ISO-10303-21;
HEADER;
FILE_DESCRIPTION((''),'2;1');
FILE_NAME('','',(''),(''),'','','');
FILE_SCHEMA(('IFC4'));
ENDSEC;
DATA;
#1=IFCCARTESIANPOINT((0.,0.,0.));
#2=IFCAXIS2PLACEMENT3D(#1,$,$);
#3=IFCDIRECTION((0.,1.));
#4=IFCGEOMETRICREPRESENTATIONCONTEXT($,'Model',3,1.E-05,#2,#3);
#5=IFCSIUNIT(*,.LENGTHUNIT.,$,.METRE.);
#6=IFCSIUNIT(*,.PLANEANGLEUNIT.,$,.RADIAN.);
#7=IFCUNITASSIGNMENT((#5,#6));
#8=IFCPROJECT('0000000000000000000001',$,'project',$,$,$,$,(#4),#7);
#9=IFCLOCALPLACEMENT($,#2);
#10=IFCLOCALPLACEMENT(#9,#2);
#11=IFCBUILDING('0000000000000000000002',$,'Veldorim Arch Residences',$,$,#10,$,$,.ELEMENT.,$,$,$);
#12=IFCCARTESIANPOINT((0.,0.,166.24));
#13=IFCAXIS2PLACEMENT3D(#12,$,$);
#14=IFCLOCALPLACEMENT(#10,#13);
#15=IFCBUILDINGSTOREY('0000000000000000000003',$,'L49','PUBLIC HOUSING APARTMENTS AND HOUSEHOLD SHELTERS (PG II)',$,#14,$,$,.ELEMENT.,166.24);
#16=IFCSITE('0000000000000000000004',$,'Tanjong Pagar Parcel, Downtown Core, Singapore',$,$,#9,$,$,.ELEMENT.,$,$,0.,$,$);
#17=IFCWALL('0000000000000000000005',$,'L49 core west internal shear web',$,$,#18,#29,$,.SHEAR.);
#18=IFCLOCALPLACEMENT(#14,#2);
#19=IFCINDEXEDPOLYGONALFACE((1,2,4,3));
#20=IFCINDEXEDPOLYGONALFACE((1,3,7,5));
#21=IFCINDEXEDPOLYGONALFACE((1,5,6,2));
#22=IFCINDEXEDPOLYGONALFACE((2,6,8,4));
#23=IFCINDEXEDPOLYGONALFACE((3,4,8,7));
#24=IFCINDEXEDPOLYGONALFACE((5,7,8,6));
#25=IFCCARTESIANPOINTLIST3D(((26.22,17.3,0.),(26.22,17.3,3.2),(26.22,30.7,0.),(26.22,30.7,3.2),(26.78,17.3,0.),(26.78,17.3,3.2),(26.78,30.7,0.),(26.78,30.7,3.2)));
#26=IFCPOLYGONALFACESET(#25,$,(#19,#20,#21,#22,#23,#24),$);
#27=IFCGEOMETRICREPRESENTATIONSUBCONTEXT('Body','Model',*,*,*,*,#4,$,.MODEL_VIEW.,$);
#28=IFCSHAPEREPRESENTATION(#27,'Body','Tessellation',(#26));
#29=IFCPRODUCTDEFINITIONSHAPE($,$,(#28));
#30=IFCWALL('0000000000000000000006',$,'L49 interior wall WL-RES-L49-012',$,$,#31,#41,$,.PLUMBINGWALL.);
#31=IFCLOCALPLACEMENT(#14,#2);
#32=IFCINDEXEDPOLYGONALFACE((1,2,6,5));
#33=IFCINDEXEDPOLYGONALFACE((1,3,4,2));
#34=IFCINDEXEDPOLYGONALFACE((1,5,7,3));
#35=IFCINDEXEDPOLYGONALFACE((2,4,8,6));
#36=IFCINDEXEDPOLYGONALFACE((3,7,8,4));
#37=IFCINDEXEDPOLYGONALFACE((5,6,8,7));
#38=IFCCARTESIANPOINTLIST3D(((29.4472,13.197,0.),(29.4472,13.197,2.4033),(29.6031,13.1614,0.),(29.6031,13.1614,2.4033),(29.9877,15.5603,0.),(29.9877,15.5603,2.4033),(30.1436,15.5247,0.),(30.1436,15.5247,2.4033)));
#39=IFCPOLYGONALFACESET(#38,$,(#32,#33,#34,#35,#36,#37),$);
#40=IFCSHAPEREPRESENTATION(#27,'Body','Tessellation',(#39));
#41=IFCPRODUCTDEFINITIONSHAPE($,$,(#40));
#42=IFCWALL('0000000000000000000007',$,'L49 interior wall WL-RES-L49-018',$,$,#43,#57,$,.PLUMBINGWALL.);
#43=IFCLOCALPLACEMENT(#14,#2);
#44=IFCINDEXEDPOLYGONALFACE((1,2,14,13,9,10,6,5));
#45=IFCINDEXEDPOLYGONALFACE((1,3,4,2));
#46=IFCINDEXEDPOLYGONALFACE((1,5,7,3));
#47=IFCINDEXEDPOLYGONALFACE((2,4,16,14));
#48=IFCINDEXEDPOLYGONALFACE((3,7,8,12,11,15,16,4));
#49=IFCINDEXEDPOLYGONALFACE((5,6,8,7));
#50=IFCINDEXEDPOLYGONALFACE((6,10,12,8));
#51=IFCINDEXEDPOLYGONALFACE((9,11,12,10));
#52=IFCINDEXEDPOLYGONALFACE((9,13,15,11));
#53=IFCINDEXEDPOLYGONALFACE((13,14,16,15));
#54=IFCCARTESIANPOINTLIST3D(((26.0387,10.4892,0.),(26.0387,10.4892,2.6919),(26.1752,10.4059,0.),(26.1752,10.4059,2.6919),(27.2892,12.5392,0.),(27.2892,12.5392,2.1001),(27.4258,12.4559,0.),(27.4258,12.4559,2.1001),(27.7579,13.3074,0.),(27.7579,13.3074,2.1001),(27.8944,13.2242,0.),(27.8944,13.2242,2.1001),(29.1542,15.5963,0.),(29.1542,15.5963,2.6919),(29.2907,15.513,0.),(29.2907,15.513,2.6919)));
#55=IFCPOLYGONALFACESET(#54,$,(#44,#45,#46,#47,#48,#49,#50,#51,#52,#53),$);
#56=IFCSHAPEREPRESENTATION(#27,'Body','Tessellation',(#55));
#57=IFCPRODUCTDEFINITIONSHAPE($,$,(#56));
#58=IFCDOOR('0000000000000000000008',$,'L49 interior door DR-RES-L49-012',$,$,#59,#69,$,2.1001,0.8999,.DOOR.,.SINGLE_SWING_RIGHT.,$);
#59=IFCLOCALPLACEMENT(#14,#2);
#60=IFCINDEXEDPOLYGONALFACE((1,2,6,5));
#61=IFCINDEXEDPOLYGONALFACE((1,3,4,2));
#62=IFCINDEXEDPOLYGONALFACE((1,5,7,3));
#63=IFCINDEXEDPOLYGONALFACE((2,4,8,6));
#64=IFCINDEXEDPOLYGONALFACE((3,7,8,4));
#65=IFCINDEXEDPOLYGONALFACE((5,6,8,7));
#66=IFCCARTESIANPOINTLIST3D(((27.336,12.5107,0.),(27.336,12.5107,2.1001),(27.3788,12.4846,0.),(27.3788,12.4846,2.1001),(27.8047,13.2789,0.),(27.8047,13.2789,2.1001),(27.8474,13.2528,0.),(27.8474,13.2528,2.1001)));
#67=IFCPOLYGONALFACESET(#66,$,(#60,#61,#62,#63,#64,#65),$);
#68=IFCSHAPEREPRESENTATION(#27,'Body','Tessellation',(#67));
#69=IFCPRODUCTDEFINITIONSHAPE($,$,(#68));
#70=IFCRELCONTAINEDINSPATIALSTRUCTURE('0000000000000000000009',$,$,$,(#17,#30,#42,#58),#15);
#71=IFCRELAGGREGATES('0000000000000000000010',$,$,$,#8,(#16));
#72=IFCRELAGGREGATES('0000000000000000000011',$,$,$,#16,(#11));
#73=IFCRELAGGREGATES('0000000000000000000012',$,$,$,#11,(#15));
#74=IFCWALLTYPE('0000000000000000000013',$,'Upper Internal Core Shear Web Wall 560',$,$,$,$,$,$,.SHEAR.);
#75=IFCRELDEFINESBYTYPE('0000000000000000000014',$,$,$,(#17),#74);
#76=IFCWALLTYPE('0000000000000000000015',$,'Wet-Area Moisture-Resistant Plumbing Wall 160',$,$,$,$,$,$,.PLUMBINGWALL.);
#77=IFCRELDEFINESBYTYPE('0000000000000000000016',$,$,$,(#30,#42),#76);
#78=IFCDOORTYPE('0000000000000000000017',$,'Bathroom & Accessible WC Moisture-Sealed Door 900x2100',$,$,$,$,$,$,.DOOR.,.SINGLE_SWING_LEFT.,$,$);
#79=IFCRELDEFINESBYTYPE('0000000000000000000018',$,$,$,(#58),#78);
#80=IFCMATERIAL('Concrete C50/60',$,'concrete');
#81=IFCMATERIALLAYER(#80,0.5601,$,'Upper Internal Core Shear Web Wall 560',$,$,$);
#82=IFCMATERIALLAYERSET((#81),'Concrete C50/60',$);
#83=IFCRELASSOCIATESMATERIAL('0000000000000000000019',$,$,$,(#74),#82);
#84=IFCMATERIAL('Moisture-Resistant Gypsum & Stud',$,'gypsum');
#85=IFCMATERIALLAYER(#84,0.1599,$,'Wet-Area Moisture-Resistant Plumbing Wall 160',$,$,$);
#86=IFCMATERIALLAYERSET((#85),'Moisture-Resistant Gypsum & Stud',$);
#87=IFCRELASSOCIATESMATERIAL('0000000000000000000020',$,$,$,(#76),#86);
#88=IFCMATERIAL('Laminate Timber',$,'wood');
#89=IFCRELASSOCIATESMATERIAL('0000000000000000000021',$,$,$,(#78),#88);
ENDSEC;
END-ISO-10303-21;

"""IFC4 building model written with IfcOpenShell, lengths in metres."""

from ifc_helpers import new_model, si_unit, direction, frame, frame_2d, origin, place, context, subcontext, project, spatial, rectangle, extrude, material, layer, layer_set, type_object, element, fill, save


model = new_model("IFC4")

# Units and contexts
model_context = context("Model", 3, precision=1e-05, world=origin(), true_north=direction((0.0, 1.0)))
body_context = subcontext(model_context, "Body", "Model", "MODEL_VIEW")
ifc_project = project(units=[si_unit("LENGTHUNIT", "METRE"), si_unit("PLANEANGLEUNIT", "RADIAN")], contexts=[model_context])

# Site, building, storey
site_placement = place(None, origin())
site = spatial("IfcSite", under=ifc_project, at=site_placement, Name="Tanjong Pagar Parcel, Downtown Core, Singapore", CompositionType="ELEMENT", RefElevation=0.0)
building_placement = place(site_placement, origin())
building = spatial("IfcBuilding", under=site, at=building_placement, Name="Veldorim Arch Residences", CompositionType="ELEMENT")
storey_placement = place(building_placement, frame((0.0, 0.0, 166.24)))
storey = spatial("IfcBuildingStorey", under=building, at=storey_placement, Name="L49", Description="PUBLIC HOUSING APARTMENTS AND HOUSEHOLD SHELTERS (PG II)", CompositionType="ELEMENT", Elevation=166.24)

# Walls
ifc_material_1 = material(Name="Concrete C50/60", Category="concrete")
ifc_layer_1 = layer(ifc_material_1, 0.5601, Name="Upper Internal Core Shear Web Wall 560")
ifc_layer_set_1 = layer_set([ifc_layer_1], Name="Concrete C50/60")
wall_type_1 = type_object("IfcWallType", Name="Upper Internal Core Shear Web Wall 560", PredefinedType="SHEAR", material=ifc_layer_set_1)
wall_1_placement = place(storey_placement, frame((26.5, 17.3, 0.0), z_axis=(0.0, 0.0, 1.0), x_axis=(0.0, 1.0, 0.0)))
element("IfcWall", 1, at=wall_1_placement, inside=storey, type_object=wall_type_1, Name="L49 core west internal shear web", PredefinedType="SHEAR", context=body_context, shape_type="SweptSolid", body=[
    extrude(rectangle(XDim=13.3999, YDim=0.5601, at=frame_2d((6.7, 0.0))), origin(), (0.0, 0.0, 1.0), 3.2),
])
ifc_material_2 = material(Name="Moisture-Resistant Gypsum & Stud", Category="gypsum")
ifc_layer_2 = layer(ifc_material_2, 0.1599, Name="Wet-Area Moisture-Resistant Plumbing Wall 160")
ifc_layer_set_2 = layer_set([ifc_layer_2], Name="Moisture-Resistant Gypsum & Stud")
wall_type_2 = type_object("IfcWallType", Name="Wet-Area Moisture-Resistant Plumbing Wall 160", PredefinedType="PLUMBINGWALL", material=ifc_layer_set_2)
wall_2_placement = place(storey_placement, frame((29.5251, 13.1792, 0.0), z_axis=(0.0, 0.0, 1.0), x_axis=(0.222962, 0.974827, 0.0)))
element("IfcWall", 2, at=wall_2_placement, inside=storey, type_object=wall_type_2, Name="L49 interior wall WL-RES-L49-012", PredefinedType="PLUMBINGWALL", context=body_context, shape_type="SweptSolid", body=[
    extrude(rectangle(XDim=2.4243, YDim=0.1599, at=frame_2d((1.2122, 0.0))), origin(), (0.0, 0.0, 1.0), 2.4033),
])

# Wall, opening, door
wall_3_placement = place(storey_placement, frame((29.2224, 15.5547, 0.0), z_axis=(0.0, 0.0, 1.0), x_axis=(-0.520771, -0.853696, 0.0)))
wall_3 = element("IfcWall", 3, at=wall_3_placement, inside=storey, type_object=wall_type_2, Name="L49 interior wall WL-RES-L49-018", PredefinedType="PLUMBINGWALL", context=body_context, shape_type="SweptSolid", body=[
    extrude(rectangle(XDim=5.9824, YDim=0.1599, at=frame_2d((2.9912, 0.0))), origin(), (0.0, 0.0, 1.0), 2.6919),
])
opening_1_placement = place(wall_3_placement, frame((2.6812, 0.0, 0.0)))
opening_1 = element("IfcOpeningElement", 4, at=opening_1_placement, cuts=wall_3, PredefinedType="OPENING", context=body_context, shape_type="SweptSolid", body=[
    extrude(rectangle(XDim=0.8999, YDim=2.1001, at=frame_2d((0.45, 1.05))), frame((0.0, 0.0898, 0.0), z_axis=(0.0, -1.0, 0.0), x_axis=(1.0, 0.0, 0.0)), (0.0, 0.0, 1.0), 0.1799),
])
ifc_material_3 = material(Name="Laminate Timber", Category="wood")
door_type_1 = type_object("IfcDoorType", Name="Bathroom & Accessible WC Moisture-Sealed Door 900x2100", OperationType="SINGLE_SWING_LEFT", PredefinedType="DOOR", material=ifc_material_3)
door_1_placement = place(opening_1_placement, origin())
door_1 = element("IfcDoor", 5, at=door_1_placement, inside=storey, type_object=door_type_1, Name="L49 interior door DR-RES-L49-012", OperationType="SINGLE_SWING_RIGHT", OverallHeight=2.1001, OverallWidth=0.8999, PredefinedType="DOOR", context=body_context, shape_type="SweptSolid", body=[
    extrude(rectangle(XDim=0.8999, YDim=2.1001, at=frame_2d((0.45, 1.05))), frame((0.0, 0.0249, 0.0), z_axis=(0.0, -1.0, 0.0), x_axis=(1.0, 0.0, 0.0)), (0.0, 0.0, 1.0), 0.05),
])
fill(opening_1, door_1)

save(model, "model.ifc")
